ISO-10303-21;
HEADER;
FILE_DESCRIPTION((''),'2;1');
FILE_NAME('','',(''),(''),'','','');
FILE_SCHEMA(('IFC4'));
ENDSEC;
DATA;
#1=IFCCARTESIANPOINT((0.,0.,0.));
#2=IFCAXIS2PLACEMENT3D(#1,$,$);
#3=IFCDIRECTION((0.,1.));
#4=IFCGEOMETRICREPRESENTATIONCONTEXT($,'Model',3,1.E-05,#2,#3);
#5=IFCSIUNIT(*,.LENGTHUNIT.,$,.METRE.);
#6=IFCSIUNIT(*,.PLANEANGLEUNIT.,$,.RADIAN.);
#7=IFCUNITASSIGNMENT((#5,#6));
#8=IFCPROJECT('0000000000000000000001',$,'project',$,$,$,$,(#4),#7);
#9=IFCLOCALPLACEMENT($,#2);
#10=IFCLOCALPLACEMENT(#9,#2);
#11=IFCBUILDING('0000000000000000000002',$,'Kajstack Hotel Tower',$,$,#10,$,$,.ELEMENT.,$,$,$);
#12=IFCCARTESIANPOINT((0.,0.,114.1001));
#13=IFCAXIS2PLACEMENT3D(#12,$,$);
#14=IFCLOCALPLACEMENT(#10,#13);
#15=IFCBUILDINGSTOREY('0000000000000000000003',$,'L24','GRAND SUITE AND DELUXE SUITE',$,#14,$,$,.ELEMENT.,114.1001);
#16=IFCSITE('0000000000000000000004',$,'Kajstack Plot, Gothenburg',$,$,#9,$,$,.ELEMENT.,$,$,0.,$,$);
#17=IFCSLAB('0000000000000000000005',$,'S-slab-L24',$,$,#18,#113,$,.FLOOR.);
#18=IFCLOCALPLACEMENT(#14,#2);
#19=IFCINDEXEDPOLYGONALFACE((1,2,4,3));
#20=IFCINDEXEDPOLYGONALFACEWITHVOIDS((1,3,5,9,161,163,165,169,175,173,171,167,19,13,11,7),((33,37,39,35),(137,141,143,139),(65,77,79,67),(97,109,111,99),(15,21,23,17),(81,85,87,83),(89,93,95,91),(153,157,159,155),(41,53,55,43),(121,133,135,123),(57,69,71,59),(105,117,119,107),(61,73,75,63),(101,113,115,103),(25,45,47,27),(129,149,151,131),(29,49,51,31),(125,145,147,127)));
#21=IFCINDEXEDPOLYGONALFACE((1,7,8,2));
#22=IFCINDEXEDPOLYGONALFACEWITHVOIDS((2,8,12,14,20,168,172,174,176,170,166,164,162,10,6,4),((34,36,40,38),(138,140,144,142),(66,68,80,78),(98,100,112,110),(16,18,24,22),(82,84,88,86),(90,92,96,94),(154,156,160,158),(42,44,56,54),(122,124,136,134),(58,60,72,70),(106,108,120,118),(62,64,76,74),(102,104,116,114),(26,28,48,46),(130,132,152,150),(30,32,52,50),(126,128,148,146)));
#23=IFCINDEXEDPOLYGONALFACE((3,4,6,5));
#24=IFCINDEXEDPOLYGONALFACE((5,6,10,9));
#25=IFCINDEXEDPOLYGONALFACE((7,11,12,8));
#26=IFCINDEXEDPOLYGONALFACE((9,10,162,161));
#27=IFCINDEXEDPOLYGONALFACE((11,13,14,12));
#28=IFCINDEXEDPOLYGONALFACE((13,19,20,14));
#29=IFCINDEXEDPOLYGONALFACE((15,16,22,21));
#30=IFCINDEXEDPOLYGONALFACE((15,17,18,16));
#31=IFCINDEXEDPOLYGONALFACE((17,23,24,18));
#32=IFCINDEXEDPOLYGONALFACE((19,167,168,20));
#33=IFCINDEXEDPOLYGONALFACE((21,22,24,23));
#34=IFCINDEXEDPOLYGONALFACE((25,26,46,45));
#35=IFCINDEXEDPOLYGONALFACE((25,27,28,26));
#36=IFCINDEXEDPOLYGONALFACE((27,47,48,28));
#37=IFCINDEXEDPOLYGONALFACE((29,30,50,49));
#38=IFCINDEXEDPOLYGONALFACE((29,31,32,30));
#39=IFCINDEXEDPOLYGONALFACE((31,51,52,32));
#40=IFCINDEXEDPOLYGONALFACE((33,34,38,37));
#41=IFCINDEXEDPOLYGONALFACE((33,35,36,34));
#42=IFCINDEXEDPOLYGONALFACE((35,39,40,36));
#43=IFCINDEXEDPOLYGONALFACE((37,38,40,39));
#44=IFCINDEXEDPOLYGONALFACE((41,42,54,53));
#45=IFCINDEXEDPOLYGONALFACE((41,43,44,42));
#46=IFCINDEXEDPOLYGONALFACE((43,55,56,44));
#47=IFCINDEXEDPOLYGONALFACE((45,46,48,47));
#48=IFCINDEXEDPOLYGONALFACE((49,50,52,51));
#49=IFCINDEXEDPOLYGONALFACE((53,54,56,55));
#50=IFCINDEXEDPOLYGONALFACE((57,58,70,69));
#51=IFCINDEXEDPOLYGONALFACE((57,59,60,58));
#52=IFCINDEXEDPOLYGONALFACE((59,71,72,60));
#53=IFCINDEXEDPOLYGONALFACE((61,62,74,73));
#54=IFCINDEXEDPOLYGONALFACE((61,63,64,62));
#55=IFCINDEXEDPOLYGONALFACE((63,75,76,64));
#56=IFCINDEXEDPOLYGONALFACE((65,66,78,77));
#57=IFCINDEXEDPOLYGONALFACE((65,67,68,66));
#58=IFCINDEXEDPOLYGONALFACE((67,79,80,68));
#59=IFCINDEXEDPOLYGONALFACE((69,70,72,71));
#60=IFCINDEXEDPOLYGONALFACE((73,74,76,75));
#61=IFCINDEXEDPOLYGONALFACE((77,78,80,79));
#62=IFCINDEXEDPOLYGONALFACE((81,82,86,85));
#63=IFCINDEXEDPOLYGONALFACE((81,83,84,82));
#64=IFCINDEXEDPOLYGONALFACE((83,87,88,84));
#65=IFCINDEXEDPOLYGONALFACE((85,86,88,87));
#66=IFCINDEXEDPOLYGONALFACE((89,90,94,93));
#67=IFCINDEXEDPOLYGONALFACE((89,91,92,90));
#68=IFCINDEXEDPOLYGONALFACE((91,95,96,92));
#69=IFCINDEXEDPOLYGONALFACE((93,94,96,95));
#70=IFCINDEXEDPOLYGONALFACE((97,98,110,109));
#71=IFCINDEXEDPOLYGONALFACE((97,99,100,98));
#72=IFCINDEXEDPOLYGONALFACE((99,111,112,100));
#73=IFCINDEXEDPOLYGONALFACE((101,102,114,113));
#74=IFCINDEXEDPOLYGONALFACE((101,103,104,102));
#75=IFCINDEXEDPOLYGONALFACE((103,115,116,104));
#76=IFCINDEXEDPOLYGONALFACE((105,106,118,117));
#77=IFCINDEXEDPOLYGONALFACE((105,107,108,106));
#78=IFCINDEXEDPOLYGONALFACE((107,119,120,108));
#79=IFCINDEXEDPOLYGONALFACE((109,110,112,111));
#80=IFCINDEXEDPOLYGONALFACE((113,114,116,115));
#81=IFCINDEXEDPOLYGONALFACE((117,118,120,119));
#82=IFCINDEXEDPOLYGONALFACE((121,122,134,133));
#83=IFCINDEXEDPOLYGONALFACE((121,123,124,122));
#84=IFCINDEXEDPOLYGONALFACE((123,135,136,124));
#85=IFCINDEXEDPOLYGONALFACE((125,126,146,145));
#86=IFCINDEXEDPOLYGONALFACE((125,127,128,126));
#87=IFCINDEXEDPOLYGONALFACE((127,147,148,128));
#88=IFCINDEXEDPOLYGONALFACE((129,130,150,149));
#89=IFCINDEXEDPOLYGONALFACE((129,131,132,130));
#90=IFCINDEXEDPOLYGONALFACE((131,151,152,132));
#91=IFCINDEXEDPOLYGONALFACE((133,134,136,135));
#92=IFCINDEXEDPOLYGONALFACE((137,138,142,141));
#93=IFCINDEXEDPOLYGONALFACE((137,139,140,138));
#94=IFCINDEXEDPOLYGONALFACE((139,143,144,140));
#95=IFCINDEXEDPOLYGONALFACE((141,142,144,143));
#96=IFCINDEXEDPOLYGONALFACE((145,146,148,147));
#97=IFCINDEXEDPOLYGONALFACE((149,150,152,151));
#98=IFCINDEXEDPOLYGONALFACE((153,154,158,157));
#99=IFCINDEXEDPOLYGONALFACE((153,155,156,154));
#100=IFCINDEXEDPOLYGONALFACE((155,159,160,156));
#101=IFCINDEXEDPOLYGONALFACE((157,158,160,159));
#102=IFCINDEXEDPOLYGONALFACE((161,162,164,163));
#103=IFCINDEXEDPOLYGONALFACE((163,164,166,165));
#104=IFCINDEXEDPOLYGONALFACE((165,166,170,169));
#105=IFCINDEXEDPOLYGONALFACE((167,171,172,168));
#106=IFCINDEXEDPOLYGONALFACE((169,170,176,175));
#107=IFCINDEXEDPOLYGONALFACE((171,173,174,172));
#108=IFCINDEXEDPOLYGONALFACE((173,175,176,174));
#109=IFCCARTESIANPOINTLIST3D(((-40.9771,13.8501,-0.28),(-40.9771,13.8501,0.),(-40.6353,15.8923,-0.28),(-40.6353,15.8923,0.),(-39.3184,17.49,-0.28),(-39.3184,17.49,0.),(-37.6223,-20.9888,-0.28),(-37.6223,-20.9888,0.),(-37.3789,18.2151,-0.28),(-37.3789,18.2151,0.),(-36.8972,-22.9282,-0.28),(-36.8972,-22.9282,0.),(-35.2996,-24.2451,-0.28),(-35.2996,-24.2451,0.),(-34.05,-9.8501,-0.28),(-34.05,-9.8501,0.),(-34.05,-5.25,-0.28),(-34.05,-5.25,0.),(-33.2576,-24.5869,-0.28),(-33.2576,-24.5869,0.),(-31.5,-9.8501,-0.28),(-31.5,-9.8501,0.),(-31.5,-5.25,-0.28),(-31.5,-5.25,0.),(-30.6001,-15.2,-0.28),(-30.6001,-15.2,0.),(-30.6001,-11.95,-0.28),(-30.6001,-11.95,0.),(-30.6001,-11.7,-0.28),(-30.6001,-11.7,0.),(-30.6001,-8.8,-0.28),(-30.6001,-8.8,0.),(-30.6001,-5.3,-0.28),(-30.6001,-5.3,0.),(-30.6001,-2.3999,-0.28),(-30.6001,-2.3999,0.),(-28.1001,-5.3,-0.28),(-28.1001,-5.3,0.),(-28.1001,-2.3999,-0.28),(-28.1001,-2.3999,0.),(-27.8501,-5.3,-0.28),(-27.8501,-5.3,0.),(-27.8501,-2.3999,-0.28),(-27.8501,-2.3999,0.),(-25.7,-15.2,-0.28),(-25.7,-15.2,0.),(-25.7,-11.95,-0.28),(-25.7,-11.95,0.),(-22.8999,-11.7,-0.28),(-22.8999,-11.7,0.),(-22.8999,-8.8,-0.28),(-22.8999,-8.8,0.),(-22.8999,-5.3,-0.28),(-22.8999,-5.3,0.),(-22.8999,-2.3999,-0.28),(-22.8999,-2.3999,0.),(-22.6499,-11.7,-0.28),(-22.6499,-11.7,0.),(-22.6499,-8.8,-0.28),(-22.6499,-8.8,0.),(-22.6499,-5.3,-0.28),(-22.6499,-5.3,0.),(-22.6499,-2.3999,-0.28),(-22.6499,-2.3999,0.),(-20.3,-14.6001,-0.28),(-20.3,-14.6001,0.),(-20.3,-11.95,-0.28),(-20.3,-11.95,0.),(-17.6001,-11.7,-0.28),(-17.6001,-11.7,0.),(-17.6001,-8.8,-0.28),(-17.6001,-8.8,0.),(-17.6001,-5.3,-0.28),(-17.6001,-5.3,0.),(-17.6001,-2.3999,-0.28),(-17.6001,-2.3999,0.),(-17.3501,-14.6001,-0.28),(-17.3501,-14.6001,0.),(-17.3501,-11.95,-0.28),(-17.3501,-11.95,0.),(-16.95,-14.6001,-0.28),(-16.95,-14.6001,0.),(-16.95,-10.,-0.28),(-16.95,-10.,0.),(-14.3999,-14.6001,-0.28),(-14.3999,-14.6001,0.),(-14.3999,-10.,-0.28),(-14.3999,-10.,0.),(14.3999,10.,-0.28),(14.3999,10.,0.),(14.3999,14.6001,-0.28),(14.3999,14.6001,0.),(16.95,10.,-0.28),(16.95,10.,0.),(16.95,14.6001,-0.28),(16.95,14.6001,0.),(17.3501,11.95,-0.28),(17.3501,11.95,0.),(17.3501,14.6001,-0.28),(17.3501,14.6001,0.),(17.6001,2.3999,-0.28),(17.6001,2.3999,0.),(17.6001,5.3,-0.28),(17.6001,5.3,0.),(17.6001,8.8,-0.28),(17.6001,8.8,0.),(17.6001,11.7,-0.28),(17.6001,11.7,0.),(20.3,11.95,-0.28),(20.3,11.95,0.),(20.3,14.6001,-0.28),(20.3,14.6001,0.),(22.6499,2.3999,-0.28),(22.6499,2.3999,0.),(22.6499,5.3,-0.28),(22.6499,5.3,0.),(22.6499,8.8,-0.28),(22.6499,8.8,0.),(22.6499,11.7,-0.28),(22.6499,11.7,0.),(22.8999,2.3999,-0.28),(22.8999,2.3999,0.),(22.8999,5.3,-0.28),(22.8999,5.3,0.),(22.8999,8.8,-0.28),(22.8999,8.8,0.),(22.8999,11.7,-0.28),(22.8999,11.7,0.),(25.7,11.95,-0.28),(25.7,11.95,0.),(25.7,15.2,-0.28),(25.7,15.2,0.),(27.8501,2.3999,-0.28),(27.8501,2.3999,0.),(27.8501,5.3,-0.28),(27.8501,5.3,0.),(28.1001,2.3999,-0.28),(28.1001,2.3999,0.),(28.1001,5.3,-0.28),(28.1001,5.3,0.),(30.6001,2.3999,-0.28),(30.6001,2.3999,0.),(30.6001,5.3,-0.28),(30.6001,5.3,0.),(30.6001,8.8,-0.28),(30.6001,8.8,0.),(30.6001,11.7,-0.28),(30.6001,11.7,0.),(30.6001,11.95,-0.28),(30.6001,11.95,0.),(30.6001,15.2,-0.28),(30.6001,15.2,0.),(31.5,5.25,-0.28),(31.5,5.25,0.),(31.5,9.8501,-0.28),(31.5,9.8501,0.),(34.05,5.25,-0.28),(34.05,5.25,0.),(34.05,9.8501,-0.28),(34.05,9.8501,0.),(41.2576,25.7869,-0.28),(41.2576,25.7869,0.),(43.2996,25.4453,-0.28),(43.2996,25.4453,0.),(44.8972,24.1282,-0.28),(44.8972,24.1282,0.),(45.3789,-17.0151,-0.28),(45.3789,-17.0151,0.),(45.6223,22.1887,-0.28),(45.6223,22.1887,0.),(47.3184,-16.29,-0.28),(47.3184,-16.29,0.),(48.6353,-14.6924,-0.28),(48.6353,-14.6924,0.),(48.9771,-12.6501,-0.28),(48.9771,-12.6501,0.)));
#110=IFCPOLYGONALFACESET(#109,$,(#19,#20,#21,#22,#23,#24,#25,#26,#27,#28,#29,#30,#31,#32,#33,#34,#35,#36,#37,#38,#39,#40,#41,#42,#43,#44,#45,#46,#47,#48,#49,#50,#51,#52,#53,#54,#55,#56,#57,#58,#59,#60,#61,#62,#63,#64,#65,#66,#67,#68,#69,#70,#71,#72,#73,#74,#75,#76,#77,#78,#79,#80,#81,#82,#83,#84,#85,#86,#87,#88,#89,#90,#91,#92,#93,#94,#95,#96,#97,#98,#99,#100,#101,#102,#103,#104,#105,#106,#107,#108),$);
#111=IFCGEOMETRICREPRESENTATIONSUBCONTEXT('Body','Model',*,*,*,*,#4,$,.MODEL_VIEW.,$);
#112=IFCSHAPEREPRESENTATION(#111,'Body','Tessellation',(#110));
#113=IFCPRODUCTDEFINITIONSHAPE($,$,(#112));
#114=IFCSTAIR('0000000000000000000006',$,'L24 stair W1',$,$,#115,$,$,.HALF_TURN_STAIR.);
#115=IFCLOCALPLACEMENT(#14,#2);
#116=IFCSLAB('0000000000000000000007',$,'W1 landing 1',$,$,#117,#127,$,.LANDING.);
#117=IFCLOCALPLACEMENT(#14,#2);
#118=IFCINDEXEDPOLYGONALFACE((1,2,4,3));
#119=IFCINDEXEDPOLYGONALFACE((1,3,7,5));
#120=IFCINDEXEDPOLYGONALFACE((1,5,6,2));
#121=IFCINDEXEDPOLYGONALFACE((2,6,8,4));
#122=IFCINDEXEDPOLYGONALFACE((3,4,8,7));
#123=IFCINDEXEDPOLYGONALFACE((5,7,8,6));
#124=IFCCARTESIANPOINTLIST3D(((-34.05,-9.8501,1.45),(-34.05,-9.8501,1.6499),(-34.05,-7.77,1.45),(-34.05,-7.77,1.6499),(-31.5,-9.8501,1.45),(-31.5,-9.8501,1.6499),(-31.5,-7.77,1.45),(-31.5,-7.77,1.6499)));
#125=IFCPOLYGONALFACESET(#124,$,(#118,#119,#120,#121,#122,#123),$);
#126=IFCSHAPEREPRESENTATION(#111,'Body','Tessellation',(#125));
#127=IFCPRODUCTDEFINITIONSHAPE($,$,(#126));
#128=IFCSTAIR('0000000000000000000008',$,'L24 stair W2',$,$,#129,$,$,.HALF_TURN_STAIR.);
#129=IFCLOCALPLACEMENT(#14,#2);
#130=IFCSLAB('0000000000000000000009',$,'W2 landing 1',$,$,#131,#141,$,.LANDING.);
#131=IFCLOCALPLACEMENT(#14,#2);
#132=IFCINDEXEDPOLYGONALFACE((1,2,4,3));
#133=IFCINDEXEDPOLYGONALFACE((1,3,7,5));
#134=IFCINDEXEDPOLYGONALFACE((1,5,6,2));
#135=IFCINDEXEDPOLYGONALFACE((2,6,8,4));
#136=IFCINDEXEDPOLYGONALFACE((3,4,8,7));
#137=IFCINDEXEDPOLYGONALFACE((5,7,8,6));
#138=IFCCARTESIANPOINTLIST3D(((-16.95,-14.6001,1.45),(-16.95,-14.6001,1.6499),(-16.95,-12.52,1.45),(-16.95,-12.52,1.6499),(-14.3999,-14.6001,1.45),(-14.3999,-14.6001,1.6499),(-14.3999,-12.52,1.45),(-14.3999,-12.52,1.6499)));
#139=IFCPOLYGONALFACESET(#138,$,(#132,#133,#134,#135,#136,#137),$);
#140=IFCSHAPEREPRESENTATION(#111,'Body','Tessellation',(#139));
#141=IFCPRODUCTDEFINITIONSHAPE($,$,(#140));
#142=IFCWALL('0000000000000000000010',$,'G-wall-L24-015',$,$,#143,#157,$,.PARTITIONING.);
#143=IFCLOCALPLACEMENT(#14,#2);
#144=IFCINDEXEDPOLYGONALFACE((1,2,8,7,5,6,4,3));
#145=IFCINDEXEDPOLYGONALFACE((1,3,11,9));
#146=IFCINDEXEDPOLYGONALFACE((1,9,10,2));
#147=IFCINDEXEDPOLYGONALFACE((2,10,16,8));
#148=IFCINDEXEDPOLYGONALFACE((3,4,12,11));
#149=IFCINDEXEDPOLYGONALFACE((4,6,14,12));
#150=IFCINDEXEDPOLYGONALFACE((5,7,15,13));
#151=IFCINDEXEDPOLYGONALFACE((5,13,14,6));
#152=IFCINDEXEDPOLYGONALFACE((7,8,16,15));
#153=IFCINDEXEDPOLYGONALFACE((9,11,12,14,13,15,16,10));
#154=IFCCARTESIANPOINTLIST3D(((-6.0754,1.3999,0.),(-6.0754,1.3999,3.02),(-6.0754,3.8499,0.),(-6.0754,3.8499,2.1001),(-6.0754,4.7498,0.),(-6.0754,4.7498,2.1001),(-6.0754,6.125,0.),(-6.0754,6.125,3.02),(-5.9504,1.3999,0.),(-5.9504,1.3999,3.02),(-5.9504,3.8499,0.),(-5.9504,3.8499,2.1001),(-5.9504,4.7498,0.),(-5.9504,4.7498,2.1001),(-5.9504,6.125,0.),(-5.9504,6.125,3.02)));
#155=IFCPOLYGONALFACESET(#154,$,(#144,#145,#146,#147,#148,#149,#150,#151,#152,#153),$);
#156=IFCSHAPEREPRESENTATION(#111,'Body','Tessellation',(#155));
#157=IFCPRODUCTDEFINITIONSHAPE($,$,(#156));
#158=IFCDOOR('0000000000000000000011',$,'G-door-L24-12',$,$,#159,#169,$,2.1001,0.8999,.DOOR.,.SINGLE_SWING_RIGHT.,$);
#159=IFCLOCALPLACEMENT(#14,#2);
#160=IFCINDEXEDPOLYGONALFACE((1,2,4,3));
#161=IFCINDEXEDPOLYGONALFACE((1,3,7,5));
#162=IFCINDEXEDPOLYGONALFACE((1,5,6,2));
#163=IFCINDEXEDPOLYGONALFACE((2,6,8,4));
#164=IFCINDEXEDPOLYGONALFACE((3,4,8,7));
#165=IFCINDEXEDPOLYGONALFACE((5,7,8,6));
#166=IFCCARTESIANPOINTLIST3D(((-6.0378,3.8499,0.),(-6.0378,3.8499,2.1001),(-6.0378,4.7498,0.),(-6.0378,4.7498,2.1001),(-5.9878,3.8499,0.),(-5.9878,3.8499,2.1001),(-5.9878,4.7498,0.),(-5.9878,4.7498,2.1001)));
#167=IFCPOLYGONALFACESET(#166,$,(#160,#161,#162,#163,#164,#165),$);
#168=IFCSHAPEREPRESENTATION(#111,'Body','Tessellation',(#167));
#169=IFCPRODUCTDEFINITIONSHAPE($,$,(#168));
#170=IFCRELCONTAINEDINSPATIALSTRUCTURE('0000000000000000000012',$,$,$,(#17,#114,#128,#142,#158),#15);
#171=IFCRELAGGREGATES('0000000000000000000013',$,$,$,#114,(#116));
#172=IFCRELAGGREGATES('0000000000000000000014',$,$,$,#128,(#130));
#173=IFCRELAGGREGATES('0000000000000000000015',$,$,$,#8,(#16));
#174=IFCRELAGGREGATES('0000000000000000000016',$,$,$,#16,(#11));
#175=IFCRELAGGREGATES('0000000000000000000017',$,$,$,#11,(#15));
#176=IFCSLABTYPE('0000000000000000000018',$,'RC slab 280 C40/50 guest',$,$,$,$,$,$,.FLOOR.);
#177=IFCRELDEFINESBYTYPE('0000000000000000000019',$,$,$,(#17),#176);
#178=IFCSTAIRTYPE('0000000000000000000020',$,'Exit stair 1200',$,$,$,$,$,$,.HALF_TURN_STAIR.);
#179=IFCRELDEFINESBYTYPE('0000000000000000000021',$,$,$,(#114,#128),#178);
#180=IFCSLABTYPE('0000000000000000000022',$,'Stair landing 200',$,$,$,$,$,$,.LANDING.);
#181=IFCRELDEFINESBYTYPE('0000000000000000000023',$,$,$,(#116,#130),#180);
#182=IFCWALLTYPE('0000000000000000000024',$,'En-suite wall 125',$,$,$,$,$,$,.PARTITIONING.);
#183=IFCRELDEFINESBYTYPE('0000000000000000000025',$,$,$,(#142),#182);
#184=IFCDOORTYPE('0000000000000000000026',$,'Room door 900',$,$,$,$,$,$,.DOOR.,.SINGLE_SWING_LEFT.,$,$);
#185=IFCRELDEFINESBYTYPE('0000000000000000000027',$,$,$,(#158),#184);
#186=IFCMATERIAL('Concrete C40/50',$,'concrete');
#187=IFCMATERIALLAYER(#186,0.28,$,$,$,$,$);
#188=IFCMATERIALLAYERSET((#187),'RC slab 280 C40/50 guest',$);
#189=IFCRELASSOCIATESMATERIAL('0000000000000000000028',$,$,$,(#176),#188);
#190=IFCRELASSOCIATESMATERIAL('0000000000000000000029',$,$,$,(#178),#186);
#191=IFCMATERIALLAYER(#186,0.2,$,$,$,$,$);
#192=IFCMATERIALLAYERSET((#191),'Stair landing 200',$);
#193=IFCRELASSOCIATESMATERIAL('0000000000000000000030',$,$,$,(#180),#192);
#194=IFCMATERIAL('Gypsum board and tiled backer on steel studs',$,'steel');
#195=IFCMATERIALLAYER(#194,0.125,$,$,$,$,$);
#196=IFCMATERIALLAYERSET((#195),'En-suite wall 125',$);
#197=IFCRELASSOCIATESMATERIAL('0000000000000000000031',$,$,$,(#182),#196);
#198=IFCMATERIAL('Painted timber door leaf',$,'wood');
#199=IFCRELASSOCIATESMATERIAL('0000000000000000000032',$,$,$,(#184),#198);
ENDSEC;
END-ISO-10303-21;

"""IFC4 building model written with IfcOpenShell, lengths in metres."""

from ifc_helpers import new_model, si_unit, direction, frame, frame_2d, origin, place, context, subcontext, project, spatial, polyline, rectangle, outline, extrude, material, layer, layer_set, type_object, element, fill, aggregate, save


model = new_model("IFC4")

# Units and contexts
model_context = context("Model", 3, precision=1e-05, world=origin(), true_north=direction((0.0, 1.0)))
body_context = subcontext(model_context, "Body", "Model", "MODEL_VIEW")
ifc_project = project(units=[si_unit("LENGTHUNIT", "METRE"), si_unit("PLANEANGLEUNIT", "RADIAN")], contexts=[model_context])

# Site, building, storey
site_placement = place(None, origin())
site = spatial("IfcSite", under=ifc_project, at=site_placement, Name="Kajstack Plot, Gothenburg", CompositionType="ELEMENT", RefElevation=0.0)
building_placement = place(site_placement, origin())
building = spatial("IfcBuilding", under=site, at=building_placement, Name="Kajstack Hotel Tower", CompositionType="ELEMENT")
storey_placement = place(building_placement, frame((0.0, 0.0, 114.1001)))
storey = spatial("IfcBuildingStorey", under=building, at=storey_placement, Name="L24", Description="GRAND SUITE AND DELUXE SUITE", CompositionType="ELEMENT", Elevation=114.1001)

# Slab
ifc_material_1 = material(Name="Concrete C40/50", Category="concrete")
ifc_layer_1 = layer(ifc_material_1, 0.28)
ifc_layer_set_1 = layer_set([ifc_layer_1], Name="RC slab 280 C40/50 guest")
slab_type_1 = type_object("IfcSlabType", Name="RC slab 280 C40/50 guest", PredefinedType="FLOOR", material=ifc_layer_set_1)
slab_1_placement = place(storey_placement, frame((0.0, 0.0, -0.28)))
element("IfcSlab", 1, at=slab_1_placement, inside=storey, type_object=slab_type_1, Name="S-slab-L24", PredefinedType="FLOOR", context=body_context, shape_type="SweptSolid", body=[
    extrude(outline(polyline([(-40.9771, 13.8501), (-37.6223, -20.9888), (-36.8972, -22.9282), (-35.2996, -24.2451), (-33.2576, -24.5869), (45.3789, -17.0151), (47.3184, -16.29), (48.6353, -14.6924), (48.9771, -12.6501), (45.6223, 22.1887), (44.8972, 24.1282), (43.2996, 25.4453), (41.2576, 25.7869), (-37.3789, 18.2151), (-39.3184, 17.49), (-40.6353, 15.8923), (-40.9771, 13.8501)]), holes=[polyline([(-30.6001, -11.7), (-30.6001, -8.8), (-22.8999, -8.8), (-22.8999, -11.7), (-30.6001, -11.7)]), polyline([(-22.6499, -11.7), (-22.6499, -8.8), (-17.6001, -8.8), (-17.6001, -11.7), (-22.6499, -11.7)]), polyline([(-27.8501, -5.3), (-27.8501, -2.3999), (-22.8999, -2.3999), (-22.8999, -5.3), (-27.8501, -5.3)]), polyline([(-22.6499, -5.3), (-22.6499, -2.3999), (-17.6001, -2.3999), (-17.6001, -5.3), (-22.6499, -5.3)]), polyline([(-20.3, -14.6001), (-17.3501, -14.6001), (-17.3501, -11.95), (-20.3, -11.95), (-20.3, -14.6001)]), polyline([(-30.6001, -5.3), (-28.1001, -5.3), (-28.1001, -2.3999), (-30.6001, -2.3999), (-30.6001, -5.3)]), polyline([(22.8999, 8.8), (22.8999, 11.7), (30.6001, 11.7), (30.6001, 8.8), (22.8999, 8.8)]), polyline([(17.6001, 8.8), (17.6001, 11.7), (22.6499, 11.7), (22.6499, 8.8), (17.6001, 8.8)]), polyline([(22.8999, 2.3999), (22.8999, 5.3), (27.8501, 5.3), (27.8501, 2.3999), (22.8999, 2.3999)]), polyline([(17.6001, 2.3999), (17.6001, 5.3), (22.6499, 5.3), (22.6499, 2.3999), (17.6001, 2.3999)]), polyline([(20.3, 14.6001), (17.3501, 14.6001), (17.3501, 11.95), (20.3, 11.95), (20.3, 14.6001)]), polyline([(30.6001, 5.3), (28.1001, 5.3), (28.1001, 2.3999), (30.6001, 2.3999), (30.6001, 5.3)]), polyline([(-34.05, -9.8501), (-31.5, -9.8501), (-31.5, -5.25), (-34.05, -5.25), (-34.05, -9.8501)]), polyline([(-16.95, -14.6001), (-14.3999, -14.6001), (-14.3999, -10.0), (-16.95, -10.0), (-16.95, -14.6001)]), polyline([(-30.6001, -15.2), (-25.7, -15.2), (-25.7, -11.95), (-30.6001, -11.95), (-30.6001, -15.2)]), polyline([(34.05, 9.8501), (31.5, 9.8501), (31.5, 5.25), (34.05, 5.25), (34.05, 9.8501)]), polyline([(16.95, 14.6001), (14.3999, 14.6001), (14.3999, 10.0), (16.95, 10.0), (16.95, 14.6001)]), polyline([(30.6001, 15.2), (25.7, 15.2), (25.7, 11.95), (30.6001, 11.95), (30.6001, 15.2)])]), origin(), (0.0, 0.0, 1.0), 0.28),
])

# Stairs, slabs
stair_type = type_object("IfcStairType", Name="Exit stair 1200", PredefinedType="HALF_TURN_STAIR", material=ifc_material_1)
stair_1_placement = place(storey_placement, origin())
stair_1 = element("IfcStair", 2, at=stair_1_placement, inside=storey, type_object=stair_type, Name="L24 stair W1", PredefinedType="HALF_TURN_STAIR")
ifc_layer_2 = layer(ifc_material_1, 0.2)
ifc_layer_set_2 = layer_set([ifc_layer_2], Name="Stair landing 200")
slab_type_2 = type_object("IfcSlabType", Name="Stair landing 200", PredefinedType="LANDING", material=ifc_layer_set_2)
slab_2_placement = place(storey_placement, frame((0.0, 0.0, 1.45)))
slab_2 = element("IfcSlab", 3, at=slab_2_placement, type_object=slab_type_2, Name="W1 landing 1", PredefinedType="LANDING", context=body_context, shape_type="SweptSolid", body=[
    extrude(outline(polyline([(-34.05, -7.77), (-34.05, -9.8501), (-31.5, -9.8501), (-31.5, -7.77), (-34.05, -7.77)])), origin(), (0.0, 0.0, 1.0), 0.2),
])
aggregate(stair_1, [slab_2])
stair_2_placement = place(storey_placement, origin())
stair_2 = element("IfcStair", 4, at=stair_2_placement, inside=storey, type_object=stair_type, Name="L24 stair W2", PredefinedType="HALF_TURN_STAIR")
slab_3_placement = place(storey_placement, frame((0.0, 0.0, 1.45)))
slab_3 = element("IfcSlab", 5, at=slab_3_placement, type_object=slab_type_2, Name="W2 landing 1", PredefinedType="LANDING", context=body_context, shape_type="SweptSolid", body=[
    extrude(outline(polyline([(-16.95, -12.52), (-16.95, -14.6001), (-14.3999, -14.6001), (-14.3999, -12.52), (-16.95, -12.52)])), origin(), (0.0, 0.0, 1.0), 0.2),
])
aggregate(stair_2, [slab_3])

# Wall, opening, door
ifc_material_2 = material(Name="Gypsum board and tiled backer on steel studs", Category="steel")
ifc_layer_3 = layer(ifc_material_2, 0.125)
ifc_layer_set_3 = layer_set([ifc_layer_3], Name="En-suite wall 125")
wall_type_1 = type_object("IfcWallType", Name="En-suite wall 125", PredefinedType="PARTITIONING", material=ifc_layer_set_3)
wall_1_placement = place(storey_placement, frame((-6.0129, 1.3999, 0.0), z_axis=(0.0, 0.0, 1.0), x_axis=(0.0, 1.0, 0.0)))
wall_1 = element("IfcWall", 6, at=wall_1_placement, inside=storey, type_object=wall_type_1, Name="G-wall-L24-015", PredefinedType="PARTITIONING", context=body_context, shape_type="SweptSolid", body=[
    extrude(rectangle(XDim=4.7251, YDim=0.125, at=frame_2d((2.3625, 0.0))), origin(), (0.0, 0.0, 1.0), 3.02),
])
opening_placement = place(wall_1_placement, frame((2.45, 0.0, 0.0)))
opening = element("IfcOpeningElement", 7, at=opening_placement, cuts=wall_1, PredefinedType="OPENING", context=body_context, shape_type="SweptSolid", body=[
    extrude(rectangle(XDim=0.8999, YDim=2.1001, at=frame_2d((0.45, 1.05))), frame((0.0, 0.0725, 0.0), z_axis=(0.0, -1.0, 0.0), x_axis=(1.0, 0.0, 0.0)), (0.0, 0.0, 1.0), 0.145),
])
ifc_material_3 = material(Name="Painted timber door leaf", Category="wood")
door_type = type_object("IfcDoorType", Name="Room door 900", OperationType="SINGLE_SWING_LEFT", PredefinedType="DOOR", material=ifc_material_3)
door_placement = place(opening_placement, origin())
door = element("IfcDoor", 8, at=door_placement, inside=storey, type_object=door_type, Name="G-door-L24-12", OperationType="SINGLE_SWING_RIGHT", OverallHeight=2.1001, OverallWidth=0.8999, PredefinedType="DOOR", context=body_context, shape_type="SweptSolid", body=[
    extrude(rectangle(XDim=0.8999, YDim=2.1001, at=frame_2d((0.45, 1.05))), frame((0.0, 0.0249, 0.0), z_axis=(0.0, -1.0, 0.0), x_axis=(1.0, 0.0, 0.0)), (0.0, 0.0, 1.0), 0.05),
])
fill(opening, door)

save(model, "model.ifc")
